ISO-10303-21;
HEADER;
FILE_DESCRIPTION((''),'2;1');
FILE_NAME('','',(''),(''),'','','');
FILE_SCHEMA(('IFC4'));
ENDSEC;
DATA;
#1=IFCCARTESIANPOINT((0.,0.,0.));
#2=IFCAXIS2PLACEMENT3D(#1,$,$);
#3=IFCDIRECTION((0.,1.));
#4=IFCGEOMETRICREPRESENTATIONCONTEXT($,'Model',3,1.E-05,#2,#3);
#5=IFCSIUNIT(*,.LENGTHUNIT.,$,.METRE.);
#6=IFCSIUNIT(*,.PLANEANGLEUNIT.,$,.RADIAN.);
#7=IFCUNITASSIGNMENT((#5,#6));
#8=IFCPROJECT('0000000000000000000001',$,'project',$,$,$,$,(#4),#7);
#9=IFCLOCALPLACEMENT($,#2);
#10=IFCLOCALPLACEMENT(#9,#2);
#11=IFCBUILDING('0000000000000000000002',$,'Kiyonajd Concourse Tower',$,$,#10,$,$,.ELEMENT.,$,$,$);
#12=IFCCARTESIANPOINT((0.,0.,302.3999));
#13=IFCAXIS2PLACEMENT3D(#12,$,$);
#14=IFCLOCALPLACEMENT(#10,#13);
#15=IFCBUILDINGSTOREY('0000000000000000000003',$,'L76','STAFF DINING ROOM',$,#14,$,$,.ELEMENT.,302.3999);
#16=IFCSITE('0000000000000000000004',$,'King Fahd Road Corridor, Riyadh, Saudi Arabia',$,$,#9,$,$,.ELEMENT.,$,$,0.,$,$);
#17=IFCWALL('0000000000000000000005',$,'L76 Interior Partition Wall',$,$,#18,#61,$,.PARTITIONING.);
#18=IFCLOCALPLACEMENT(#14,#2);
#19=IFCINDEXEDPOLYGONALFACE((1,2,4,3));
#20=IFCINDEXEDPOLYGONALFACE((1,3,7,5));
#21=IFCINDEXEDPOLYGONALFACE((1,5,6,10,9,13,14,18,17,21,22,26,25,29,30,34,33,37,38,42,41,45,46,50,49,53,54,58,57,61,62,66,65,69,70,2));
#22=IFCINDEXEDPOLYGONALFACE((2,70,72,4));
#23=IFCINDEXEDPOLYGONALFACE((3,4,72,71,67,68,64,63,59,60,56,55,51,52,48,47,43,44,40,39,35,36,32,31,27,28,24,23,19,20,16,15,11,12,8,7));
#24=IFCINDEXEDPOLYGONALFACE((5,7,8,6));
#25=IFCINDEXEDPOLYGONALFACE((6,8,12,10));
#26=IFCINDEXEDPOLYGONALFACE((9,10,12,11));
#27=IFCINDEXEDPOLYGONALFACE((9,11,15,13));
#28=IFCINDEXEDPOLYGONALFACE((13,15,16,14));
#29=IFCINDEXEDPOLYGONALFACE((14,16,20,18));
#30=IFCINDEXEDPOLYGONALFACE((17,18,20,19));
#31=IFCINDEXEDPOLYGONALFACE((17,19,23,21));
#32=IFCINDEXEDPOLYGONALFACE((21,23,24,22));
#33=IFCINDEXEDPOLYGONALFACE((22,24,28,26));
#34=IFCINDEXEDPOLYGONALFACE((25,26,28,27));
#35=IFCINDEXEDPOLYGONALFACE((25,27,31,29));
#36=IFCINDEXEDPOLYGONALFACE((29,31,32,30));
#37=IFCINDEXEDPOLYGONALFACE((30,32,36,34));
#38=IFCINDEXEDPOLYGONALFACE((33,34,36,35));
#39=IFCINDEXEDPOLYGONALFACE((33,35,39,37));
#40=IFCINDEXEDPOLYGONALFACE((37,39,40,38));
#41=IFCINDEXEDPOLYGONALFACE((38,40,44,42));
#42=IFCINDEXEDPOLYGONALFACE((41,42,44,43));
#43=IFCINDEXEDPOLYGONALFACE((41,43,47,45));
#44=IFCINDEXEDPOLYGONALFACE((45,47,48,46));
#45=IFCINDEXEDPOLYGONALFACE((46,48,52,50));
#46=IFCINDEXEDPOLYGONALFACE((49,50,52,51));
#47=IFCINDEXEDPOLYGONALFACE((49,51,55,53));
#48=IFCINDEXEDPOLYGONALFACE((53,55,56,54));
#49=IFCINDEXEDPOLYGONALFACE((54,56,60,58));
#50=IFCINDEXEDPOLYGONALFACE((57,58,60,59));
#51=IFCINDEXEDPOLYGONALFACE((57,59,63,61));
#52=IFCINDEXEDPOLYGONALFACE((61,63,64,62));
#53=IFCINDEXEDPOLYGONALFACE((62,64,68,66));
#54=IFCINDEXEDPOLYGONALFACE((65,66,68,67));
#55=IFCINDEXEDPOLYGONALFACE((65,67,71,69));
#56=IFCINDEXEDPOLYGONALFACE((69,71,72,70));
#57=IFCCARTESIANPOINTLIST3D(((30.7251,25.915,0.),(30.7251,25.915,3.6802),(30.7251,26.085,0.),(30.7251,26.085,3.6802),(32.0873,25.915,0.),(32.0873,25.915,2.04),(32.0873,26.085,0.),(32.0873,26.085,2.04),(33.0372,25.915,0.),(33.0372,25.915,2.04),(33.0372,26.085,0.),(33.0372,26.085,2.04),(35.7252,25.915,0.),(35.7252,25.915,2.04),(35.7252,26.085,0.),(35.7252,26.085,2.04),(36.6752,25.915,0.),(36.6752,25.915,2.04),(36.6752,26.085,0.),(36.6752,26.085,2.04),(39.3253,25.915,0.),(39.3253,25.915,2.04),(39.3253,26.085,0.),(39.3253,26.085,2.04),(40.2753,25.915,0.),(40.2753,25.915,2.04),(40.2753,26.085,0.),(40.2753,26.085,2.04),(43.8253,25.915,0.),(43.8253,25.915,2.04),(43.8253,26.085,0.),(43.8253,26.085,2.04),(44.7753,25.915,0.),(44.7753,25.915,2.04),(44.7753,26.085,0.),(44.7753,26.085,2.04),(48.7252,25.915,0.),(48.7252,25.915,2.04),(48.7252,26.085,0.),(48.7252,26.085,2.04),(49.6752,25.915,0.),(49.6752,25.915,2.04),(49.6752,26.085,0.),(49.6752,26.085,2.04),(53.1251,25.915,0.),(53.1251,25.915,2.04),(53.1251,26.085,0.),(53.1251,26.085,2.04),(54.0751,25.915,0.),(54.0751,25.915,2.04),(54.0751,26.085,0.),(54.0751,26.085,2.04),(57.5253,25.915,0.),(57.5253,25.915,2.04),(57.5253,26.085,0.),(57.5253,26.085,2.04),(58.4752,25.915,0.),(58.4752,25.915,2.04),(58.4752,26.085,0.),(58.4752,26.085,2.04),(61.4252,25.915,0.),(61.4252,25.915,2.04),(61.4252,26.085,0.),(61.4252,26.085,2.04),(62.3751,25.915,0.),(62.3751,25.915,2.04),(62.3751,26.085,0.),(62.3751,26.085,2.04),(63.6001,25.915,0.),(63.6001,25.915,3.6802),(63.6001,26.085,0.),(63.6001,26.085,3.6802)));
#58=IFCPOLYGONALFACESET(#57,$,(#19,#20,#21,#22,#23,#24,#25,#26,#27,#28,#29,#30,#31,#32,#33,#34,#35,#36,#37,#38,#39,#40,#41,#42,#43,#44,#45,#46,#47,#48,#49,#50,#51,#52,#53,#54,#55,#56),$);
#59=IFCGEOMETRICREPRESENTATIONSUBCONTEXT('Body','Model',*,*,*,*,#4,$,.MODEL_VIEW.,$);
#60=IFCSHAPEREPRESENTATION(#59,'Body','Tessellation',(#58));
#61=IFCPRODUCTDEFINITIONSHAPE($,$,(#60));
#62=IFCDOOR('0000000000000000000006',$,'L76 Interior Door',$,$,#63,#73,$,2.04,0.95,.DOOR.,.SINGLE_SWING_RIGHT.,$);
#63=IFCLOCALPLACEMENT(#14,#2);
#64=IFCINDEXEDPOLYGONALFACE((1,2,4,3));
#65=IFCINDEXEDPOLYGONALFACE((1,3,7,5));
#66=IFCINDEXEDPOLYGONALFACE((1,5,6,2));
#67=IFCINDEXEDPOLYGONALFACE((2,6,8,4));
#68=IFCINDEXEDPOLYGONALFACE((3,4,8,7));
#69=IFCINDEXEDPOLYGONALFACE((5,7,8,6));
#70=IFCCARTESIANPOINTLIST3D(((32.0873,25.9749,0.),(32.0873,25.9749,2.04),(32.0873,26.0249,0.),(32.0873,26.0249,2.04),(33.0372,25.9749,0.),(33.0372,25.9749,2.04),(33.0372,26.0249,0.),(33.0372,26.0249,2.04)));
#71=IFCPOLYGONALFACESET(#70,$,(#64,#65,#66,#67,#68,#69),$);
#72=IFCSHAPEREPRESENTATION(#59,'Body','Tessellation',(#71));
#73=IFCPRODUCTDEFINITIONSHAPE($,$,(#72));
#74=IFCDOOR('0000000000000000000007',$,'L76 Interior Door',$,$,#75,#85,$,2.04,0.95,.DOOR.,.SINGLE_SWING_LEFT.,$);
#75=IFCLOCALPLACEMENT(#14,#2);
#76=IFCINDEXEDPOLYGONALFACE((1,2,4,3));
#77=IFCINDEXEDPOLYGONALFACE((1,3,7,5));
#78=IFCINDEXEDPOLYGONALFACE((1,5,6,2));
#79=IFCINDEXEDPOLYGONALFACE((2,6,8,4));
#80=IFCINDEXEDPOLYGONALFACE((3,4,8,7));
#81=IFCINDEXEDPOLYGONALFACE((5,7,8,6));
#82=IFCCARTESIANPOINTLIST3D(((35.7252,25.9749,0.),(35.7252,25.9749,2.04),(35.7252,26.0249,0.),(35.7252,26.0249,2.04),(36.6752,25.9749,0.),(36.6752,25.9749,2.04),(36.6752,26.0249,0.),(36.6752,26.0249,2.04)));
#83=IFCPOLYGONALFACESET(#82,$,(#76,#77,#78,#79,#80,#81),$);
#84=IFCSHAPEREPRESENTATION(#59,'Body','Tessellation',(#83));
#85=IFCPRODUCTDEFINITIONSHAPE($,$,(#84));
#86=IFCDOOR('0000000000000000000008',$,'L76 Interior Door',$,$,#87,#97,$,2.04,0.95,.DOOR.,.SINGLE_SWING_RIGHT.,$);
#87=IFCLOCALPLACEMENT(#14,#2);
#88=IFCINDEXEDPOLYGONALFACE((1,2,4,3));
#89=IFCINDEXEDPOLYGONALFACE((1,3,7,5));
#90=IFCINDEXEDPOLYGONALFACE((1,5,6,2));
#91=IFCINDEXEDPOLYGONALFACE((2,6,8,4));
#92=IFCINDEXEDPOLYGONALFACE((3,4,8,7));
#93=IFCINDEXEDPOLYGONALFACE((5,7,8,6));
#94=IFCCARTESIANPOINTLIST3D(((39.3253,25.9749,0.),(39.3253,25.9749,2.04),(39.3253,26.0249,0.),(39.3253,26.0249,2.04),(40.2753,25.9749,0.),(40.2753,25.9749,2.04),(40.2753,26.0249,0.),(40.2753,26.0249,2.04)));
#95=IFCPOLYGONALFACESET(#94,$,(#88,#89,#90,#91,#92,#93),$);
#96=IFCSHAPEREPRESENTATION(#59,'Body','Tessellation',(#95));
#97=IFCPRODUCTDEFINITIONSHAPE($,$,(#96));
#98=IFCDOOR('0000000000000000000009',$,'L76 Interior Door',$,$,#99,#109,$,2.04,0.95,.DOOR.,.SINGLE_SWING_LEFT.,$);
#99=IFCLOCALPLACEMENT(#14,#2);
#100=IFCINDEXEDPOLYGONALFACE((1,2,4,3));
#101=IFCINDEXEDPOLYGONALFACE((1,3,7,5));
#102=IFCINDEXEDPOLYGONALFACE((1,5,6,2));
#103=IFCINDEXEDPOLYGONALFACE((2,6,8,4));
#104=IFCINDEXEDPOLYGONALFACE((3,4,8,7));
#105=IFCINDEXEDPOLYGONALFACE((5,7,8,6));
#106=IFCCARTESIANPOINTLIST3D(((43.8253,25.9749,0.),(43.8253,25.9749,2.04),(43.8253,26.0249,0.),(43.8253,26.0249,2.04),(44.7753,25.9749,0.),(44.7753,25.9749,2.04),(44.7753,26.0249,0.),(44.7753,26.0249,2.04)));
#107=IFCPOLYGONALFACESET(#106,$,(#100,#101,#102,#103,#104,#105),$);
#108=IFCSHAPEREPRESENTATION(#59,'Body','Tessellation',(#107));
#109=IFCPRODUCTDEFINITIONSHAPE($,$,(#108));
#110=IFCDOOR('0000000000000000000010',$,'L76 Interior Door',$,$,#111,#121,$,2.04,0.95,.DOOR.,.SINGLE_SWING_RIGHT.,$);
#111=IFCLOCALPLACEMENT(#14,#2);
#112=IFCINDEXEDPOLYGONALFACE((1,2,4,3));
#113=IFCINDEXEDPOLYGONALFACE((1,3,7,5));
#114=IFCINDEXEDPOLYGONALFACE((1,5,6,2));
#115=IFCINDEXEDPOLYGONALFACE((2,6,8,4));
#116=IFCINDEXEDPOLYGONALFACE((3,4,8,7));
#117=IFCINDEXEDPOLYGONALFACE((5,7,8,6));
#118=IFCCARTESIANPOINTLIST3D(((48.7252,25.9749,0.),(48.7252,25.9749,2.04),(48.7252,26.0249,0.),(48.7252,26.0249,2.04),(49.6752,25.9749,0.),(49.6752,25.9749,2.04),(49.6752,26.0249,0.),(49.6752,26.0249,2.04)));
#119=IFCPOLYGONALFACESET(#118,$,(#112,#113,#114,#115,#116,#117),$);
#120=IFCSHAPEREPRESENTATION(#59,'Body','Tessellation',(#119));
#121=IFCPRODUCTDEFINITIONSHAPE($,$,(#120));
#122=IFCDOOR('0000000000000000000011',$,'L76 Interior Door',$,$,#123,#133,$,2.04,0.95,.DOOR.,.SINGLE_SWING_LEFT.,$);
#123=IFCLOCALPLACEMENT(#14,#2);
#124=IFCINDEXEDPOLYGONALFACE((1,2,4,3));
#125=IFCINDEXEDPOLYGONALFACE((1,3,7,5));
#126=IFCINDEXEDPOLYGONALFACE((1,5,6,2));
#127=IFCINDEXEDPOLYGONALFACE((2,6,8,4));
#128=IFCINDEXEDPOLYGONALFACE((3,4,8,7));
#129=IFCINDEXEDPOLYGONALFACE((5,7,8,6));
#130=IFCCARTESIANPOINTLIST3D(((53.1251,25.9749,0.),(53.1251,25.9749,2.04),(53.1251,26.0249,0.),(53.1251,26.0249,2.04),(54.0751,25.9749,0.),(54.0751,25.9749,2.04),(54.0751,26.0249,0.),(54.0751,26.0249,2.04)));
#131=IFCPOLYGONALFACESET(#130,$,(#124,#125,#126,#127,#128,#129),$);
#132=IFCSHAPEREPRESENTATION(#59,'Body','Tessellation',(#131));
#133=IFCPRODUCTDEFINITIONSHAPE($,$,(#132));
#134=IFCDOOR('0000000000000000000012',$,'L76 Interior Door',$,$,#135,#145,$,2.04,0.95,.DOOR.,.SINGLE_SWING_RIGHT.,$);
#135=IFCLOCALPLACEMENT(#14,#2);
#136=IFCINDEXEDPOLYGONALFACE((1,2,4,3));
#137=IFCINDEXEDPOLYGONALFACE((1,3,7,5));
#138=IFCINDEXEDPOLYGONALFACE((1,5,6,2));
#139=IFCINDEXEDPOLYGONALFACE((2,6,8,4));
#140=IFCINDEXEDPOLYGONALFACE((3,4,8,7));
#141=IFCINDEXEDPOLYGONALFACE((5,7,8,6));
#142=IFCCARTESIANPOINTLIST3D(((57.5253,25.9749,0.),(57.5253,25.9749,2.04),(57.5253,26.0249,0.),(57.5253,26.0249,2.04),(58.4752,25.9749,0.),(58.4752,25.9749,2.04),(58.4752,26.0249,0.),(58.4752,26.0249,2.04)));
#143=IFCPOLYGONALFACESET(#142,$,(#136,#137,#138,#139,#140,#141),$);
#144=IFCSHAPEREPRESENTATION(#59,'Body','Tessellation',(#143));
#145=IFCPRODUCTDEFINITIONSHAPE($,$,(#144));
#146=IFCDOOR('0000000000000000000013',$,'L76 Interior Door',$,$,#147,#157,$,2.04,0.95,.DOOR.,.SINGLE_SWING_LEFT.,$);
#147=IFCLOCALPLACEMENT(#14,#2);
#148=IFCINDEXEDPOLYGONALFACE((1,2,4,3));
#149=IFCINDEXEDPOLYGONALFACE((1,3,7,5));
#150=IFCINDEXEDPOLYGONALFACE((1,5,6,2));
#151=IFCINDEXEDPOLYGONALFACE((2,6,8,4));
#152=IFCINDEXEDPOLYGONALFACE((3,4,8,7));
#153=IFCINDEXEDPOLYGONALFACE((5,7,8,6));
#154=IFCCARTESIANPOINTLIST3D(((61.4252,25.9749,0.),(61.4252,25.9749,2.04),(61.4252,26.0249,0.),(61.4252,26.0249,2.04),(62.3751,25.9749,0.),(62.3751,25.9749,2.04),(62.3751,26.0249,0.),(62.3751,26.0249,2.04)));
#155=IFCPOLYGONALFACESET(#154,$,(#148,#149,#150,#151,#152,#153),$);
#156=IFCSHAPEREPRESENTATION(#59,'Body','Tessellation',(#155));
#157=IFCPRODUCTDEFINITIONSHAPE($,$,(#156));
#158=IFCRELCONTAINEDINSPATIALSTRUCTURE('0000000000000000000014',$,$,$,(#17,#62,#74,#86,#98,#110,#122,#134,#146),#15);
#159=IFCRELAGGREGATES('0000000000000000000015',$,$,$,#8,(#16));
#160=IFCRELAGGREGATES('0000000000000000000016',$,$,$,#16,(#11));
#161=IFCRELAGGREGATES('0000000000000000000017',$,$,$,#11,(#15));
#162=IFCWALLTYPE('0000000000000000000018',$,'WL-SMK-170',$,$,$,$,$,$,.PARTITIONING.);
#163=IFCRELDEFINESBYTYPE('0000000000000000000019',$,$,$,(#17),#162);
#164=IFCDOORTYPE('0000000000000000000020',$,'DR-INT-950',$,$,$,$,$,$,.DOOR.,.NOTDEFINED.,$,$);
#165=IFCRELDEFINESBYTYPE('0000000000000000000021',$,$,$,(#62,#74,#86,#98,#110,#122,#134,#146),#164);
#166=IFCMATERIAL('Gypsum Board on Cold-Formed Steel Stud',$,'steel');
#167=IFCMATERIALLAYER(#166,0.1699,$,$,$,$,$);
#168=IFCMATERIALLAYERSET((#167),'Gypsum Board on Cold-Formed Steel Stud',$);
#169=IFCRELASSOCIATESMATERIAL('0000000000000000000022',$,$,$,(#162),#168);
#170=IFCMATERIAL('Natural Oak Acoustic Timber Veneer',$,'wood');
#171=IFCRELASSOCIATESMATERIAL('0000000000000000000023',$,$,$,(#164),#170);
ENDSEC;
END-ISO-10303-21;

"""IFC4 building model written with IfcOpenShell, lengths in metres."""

from ifc_helpers import new_model, si_unit, direction, frame, frame_2d, origin, place, context, subcontext, project, spatial, rectangle, extrude, material, layer, layer_set, type_object, element, fill, save


model = new_model("IFC4")

# Units and contexts
model_context = context("Model", 3, precision=1e-05, world=origin(), true_north=direction((0.0, 1.0)))
body_context = subcontext(model_context, "Body", "Model", "MODEL_VIEW")
ifc_project = project(units=[si_unit("LENGTHUNIT", "METRE"), si_unit("PLANEANGLEUNIT", "RADIAN")], contexts=[model_context])

# Site, building, storey
site_placement = place(None, origin())
site = spatial("IfcSite", under=ifc_project, at=site_placement, Name="King Fahd Road Corridor, Riyadh, Saudi Arabia", CompositionType="ELEMENT", RefElevation=0.0)
building_placement = place(site_placement, origin())
building = spatial("IfcBuilding", under=site, at=building_placement, Name="Kiyonajd Concourse Tower", CompositionType="ELEMENT")
storey_placement = place(building_placement, frame((0.0, 0.0, 302.3999)))
storey = spatial("IfcBuildingStorey", under=building, at=storey_placement, Name="L76", Description="STAFF DINING ROOM", CompositionType="ELEMENT", Elevation=302.3999)

# Shared definitions
ifc_material_1 = material(Name="Gypsum Board on Cold-Formed Steel Stud", Category="steel")
ifc_material_2 = material(Name="Natural Oak Acoustic Timber Veneer", Category="wood")

# Wall, openings, doors
ifc_layer_1 = layer(ifc_material_1, 0.1699)
ifc_layer_set_1 = layer_set([ifc_layer_1], Name="Gypsum Board on Cold-Formed Steel Stud")
wall_type_1 = type_object("IfcWallType", Name="WL-SMK-170", PredefinedType="PARTITIONING", material=ifc_layer_set_1)
wall_1_placement = place(storey_placement, frame((30.7251, 26.0, 0.0), z_axis=(0.0, 0.0, 1.0), x_axis=(1.0, 0.0, 0.0)))
wall_1 = element("IfcWall", 1, at=wall_1_placement, inside=storey, type_object=wall_type_1, Name="L76 Interior Partition Wall", PredefinedType="PARTITIONING", context=body_context, shape_type="SweptSolid", body=[
    extrude(rectangle(XDim=32.875, YDim=0.1699, at=frame_2d((16.4375, 0.0))), origin(), (0.0, 0.0, 1.0), 3.6802),
])
opening_1_placement = place(wall_1_placement, frame((1.3621, 0.0, 0.0)))
opening_1 = element("IfcOpeningElement", 2, at=opening_1_placement, cuts=wall_1, PredefinedType="OPENING", context=body_context, shape_type="SweptSolid", body=[
    extrude(rectangle(XDim=0.95, YDim=2.04, at=frame_2d((0.4751, 1.02))), frame((0.0, 0.095, 0.0), z_axis=(0.0, -1.0, 0.0), x_axis=(1.0, 0.0, 0.0)), (0.0, 0.0, 1.0), 0.1899),
])
opening_2_placement = place(wall_1_placement, frame((5.0, 0.0, 0.0)))
opening_2 = element("IfcOpeningElement", 3, at=opening_2_placement, cuts=wall_1, PredefinedType="OPENING", context=body_context, shape_type="SweptSolid", body=[
    extrude(rectangle(XDim=0.95, YDim=2.04, at=frame_2d((0.4751, 1.02))), frame((0.0, 0.095, 0.0), z_axis=(0.0, -1.0, 0.0), x_axis=(1.0, 0.0, 0.0)), (0.0, 0.0, 1.0), 0.1899),
])
opening_3_placement = place(wall_1_placement, frame((8.6001, 0.0, 0.0)))
opening_3 = element("IfcOpeningElement", 4, at=opening_3_placement, cuts=wall_1, PredefinedType="OPENING", context=body_context, shape_type="SweptSolid", body=[
    extrude(rectangle(XDim=0.95, YDim=2.04, at=frame_2d((0.4751, 1.02))), frame((0.0, 0.095, 0.0), z_axis=(0.0, -1.0, 0.0), x_axis=(1.0, 0.0, 0.0)), (0.0, 0.0, 1.0), 0.1899),
])
opening_4_placement = place(wall_1_placement, frame((13.1001, 0.0, 0.0)))
opening_4 = element("IfcOpeningElement", 5, at=opening_4_placement, cuts=wall_1, PredefinedType="OPENING", context=body_context, shape_type="SweptSolid", body=[
    extrude(rectangle(XDim=0.95, YDim=2.04, at=frame_2d((0.4751, 1.02))), frame((0.0, 0.095, 0.0), z_axis=(0.0, -1.0, 0.0), x_axis=(1.0, 0.0, 0.0)), (0.0, 0.0, 1.0), 0.1899),
])
opening_5_placement = place(wall_1_placement, frame((18.0, 0.0, 0.0)))
opening_5 = element("IfcOpeningElement", 6, at=opening_5_placement, cuts=wall_1, PredefinedType="OPENING", context=body_context, shape_type="SweptSolid", body=[
    extrude(rectangle(XDim=0.95, YDim=2.04, at=frame_2d((0.4751, 1.02))), frame((0.0, 0.095, 0.0), z_axis=(0.0, -1.0, 0.0), x_axis=(1.0, 0.0, 0.0)), (0.0, 0.0, 1.0), 0.1899),
])
opening_6_placement = place(wall_1_placement, frame((22.3999, 0.0, 0.0)))
opening_6 = element("IfcOpeningElement", 7, at=opening_6_placement, cuts=wall_1, PredefinedType="OPENING", context=body_context, shape_type="SweptSolid", body=[
    extrude(rectangle(XDim=0.95, YDim=2.04, at=frame_2d((0.4751, 1.02))), frame((0.0, 0.095, 0.0), z_axis=(0.0, -1.0, 0.0), x_axis=(1.0, 0.0, 0.0)), (0.0, 0.0, 1.0), 0.1899),
])
opening_7_placement = place(wall_1_placement, frame((26.8, 0.0, 0.0)))
opening_7 = element("IfcOpeningElement", 8, at=opening_7_placement, cuts=wall_1, PredefinedType="OPENING", context=body_context, shape_type="SweptSolid", body=[
    extrude(rectangle(XDim=0.95, YDim=2.04, at=frame_2d((0.4751, 1.02))), frame((0.0, 0.095, 0.0), z_axis=(0.0, -1.0, 0.0), x_axis=(1.0, 0.0, 0.0)), (0.0, 0.0, 1.0), 0.1899),
])
opening_8_placement = place(wall_1_placement, frame((30.7, 0.0, 0.0)))
opening_8 = element("IfcOpeningElement", 9, at=opening_8_placement, cuts=wall_1, PredefinedType="OPENING", context=body_context, shape_type="SweptSolid", body=[
    extrude(rectangle(XDim=0.95, YDim=2.04, at=frame_2d((0.4751, 1.02))), frame((0.0, 0.095, 0.0), z_axis=(0.0, -1.0, 0.0), x_axis=(1.0, 0.0, 0.0)), (0.0, 0.0, 1.0), 0.1899),
])
door_type_1 = type_object("IfcDoorType", Name="DR-INT-950", OperationType="NOTDEFINED", PredefinedType="DOOR", material=ifc_material_2)
door_1_placement = place(opening_1_placement, origin())
door_1 = element("IfcDoor", 10, at=door_1_placement, inside=storey, type_object=door_type_1, Name="L76 Interior Door", OperationType="SINGLE_SWING_RIGHT", OverallHeight=2.04, OverallWidth=0.95, PredefinedType="DOOR", context=body_context, shape_type="SweptSolid", body=[
    extrude(rectangle(XDim=0.95, YDim=2.04, at=frame_2d((0.4751, 1.02))), frame((0.0, 0.0249, 0.0), z_axis=(0.0, -1.0, 0.0), x_axis=(1.0, 0.0, 0.0)), (0.0, 0.0, 1.0), 0.05),
])
fill(opening_1, door_1)
door_2_placement = place(opening_2_placement, origin())
door_2 = element("IfcDoor", 11, at=door_2_placement, inside=storey, type_object=door_type_1, Name="L76 Interior Door", OperationType="SINGLE_SWING_LEFT", OverallHeight=2.04, OverallWidth=0.95, PredefinedType="DOOR", context=body_context, shape_type="SweptSolid", body=[
    extrude(rectangle(XDim=0.95, YDim=2.04, at=frame_2d((0.4751, 1.02))), frame((0.0, 0.0249, 0.0), z_axis=(0.0, -1.0, 0.0), x_axis=(1.0, 0.0, 0.0)), (0.0, 0.0, 1.0), 0.05),
])
fill(opening_2, door_2)
door_3_placement = place(opening_3_placement, origin())
door_3 = element("IfcDoor", 12, at=door_3_placement, inside=storey, type_object=door_type_1, Name="L76 Interior Door", OperationType="SINGLE_SWING_RIGHT", OverallHeight=2.04, OverallWidth=0.95, PredefinedType="DOOR", context=body_context, shape_type="SweptSolid", body=[
    extrude(rectangle(XDim=0.95, YDim=2.04, at=frame_2d((0.4751, 1.02))), frame((0.0, 0.0249, 0.0), z_axis=(0.0, -1.0, 0.0), x_axis=(1.0, 0.0, 0.0)), (0.0, 0.0, 1.0), 0.05),
])
fill(opening_3, door_3)
door_4_placement = place(opening_4_placement, origin())
door_4 = element("IfcDoor", 13, at=door_4_placement, inside=storey, type_object=door_type_1, Name="L76 Interior Door", OperationType="SINGLE_SWING_LEFT", OverallHeight=2.04, OverallWidth=0.95, PredefinedType="DOOR", context=body_context, shape_type="SweptSolid", body=[
    extrude(rectangle(XDim=0.95, YDim=2.04, at=frame_2d((0.4751, 1.02))), frame((0.0, 0.0249, 0.0), z_axis=(0.0, -1.0, 0.0), x_axis=(1.0, 0.0, 0.0)), (0.0, 0.0, 1.0), 0.05),
])
fill(opening_4, door_4)
door_5_placement = place(opening_5_placement, origin())
door_5 = element("IfcDoor", 14, at=door_5_placement, inside=storey, type_object=door_type_1, Name="L76 Interior Door", OperationType="SINGLE_SWING_RIGHT", OverallHeight=2.04, OverallWidth=0.95, PredefinedType="DOOR", context=body_context, shape_type="SweptSolid", body=[
    extrude(rectangle(XDim=0.95, YDim=2.04, at=frame_2d((0.4751, 1.02))), frame((0.0, 0.0249, 0.0), z_axis=(0.0, -1.0, 0.0), x_axis=(1.0, 0.0, 0.0)), (0.0, 0.0, 1.0), 0.05),
])
fill(opening_5, door_5)
door_6_placement = place(opening_6_placement, origin())
door_6 = element("IfcDoor", 15, at=door_6_placement, inside=storey, type_object=door_type_1, Name="L76 Interior Door", OperationType="SINGLE_SWING_LEFT", OverallHeight=2.04, OverallWidth=0.95, PredefinedType="DOOR", context=body_context, shape_type="SweptSolid", body=[
    extrude(rectangle(XDim=0.95, YDim=2.04, at=frame_2d((0.4751, 1.02))), frame((0.0, 0.0249, 0.0), z_axis=(0.0, -1.0, 0.0), x_axis=(1.0, 0.0, 0.0)), (0.0, 0.0, 1.0), 0.05),
])
fill(opening_6, door_6)
door_7_placement = place(opening_7_placement, origin())
door_7 = element("IfcDoor", 16, at=door_7_placement, inside=storey, type_object=door_type_1, Name="L76 Interior Door", OperationType="SINGLE_SWING_RIGHT", OverallHeight=2.04, OverallWidth=0.95, PredefinedType="DOOR", context=body_context, shape_type="SweptSolid", body=[
    extrude(rectangle(XDim=0.95, YDim=2.04, at=frame_2d((0.4751, 1.02))), frame((0.0, 0.0249, 0.0), z_axis=(0.0, -1.0, 0.0), x_axis=(1.0, 0.0, 0.0)), (0.0, 0.0, 1.0), 0.05),
])
fill(opening_7, door_7)
door_8_placement = place(opening_8_placement, origin())
door_8 = element("IfcDoor", 17, at=door_8_placement, inside=storey, type_object=door_type_1, Name="L76 Interior Door", OperationType="SINGLE_SWING_LEFT", OverallHeight=2.04, OverallWidth=0.95, PredefinedType="DOOR", context=body_context, shape_type="SweptSolid", body=[
    extrude(rectangle(XDim=0.95, YDim=2.04, at=frame_2d((0.4751, 1.02))), frame((0.0, 0.0249, 0.0), z_axis=(0.0, -1.0, 0.0), x_axis=(1.0, 0.0, 0.0)), (0.0, 0.0, 1.0), 0.05),
])
fill(opening_8, door_8)

save(model, "model.ifc")
